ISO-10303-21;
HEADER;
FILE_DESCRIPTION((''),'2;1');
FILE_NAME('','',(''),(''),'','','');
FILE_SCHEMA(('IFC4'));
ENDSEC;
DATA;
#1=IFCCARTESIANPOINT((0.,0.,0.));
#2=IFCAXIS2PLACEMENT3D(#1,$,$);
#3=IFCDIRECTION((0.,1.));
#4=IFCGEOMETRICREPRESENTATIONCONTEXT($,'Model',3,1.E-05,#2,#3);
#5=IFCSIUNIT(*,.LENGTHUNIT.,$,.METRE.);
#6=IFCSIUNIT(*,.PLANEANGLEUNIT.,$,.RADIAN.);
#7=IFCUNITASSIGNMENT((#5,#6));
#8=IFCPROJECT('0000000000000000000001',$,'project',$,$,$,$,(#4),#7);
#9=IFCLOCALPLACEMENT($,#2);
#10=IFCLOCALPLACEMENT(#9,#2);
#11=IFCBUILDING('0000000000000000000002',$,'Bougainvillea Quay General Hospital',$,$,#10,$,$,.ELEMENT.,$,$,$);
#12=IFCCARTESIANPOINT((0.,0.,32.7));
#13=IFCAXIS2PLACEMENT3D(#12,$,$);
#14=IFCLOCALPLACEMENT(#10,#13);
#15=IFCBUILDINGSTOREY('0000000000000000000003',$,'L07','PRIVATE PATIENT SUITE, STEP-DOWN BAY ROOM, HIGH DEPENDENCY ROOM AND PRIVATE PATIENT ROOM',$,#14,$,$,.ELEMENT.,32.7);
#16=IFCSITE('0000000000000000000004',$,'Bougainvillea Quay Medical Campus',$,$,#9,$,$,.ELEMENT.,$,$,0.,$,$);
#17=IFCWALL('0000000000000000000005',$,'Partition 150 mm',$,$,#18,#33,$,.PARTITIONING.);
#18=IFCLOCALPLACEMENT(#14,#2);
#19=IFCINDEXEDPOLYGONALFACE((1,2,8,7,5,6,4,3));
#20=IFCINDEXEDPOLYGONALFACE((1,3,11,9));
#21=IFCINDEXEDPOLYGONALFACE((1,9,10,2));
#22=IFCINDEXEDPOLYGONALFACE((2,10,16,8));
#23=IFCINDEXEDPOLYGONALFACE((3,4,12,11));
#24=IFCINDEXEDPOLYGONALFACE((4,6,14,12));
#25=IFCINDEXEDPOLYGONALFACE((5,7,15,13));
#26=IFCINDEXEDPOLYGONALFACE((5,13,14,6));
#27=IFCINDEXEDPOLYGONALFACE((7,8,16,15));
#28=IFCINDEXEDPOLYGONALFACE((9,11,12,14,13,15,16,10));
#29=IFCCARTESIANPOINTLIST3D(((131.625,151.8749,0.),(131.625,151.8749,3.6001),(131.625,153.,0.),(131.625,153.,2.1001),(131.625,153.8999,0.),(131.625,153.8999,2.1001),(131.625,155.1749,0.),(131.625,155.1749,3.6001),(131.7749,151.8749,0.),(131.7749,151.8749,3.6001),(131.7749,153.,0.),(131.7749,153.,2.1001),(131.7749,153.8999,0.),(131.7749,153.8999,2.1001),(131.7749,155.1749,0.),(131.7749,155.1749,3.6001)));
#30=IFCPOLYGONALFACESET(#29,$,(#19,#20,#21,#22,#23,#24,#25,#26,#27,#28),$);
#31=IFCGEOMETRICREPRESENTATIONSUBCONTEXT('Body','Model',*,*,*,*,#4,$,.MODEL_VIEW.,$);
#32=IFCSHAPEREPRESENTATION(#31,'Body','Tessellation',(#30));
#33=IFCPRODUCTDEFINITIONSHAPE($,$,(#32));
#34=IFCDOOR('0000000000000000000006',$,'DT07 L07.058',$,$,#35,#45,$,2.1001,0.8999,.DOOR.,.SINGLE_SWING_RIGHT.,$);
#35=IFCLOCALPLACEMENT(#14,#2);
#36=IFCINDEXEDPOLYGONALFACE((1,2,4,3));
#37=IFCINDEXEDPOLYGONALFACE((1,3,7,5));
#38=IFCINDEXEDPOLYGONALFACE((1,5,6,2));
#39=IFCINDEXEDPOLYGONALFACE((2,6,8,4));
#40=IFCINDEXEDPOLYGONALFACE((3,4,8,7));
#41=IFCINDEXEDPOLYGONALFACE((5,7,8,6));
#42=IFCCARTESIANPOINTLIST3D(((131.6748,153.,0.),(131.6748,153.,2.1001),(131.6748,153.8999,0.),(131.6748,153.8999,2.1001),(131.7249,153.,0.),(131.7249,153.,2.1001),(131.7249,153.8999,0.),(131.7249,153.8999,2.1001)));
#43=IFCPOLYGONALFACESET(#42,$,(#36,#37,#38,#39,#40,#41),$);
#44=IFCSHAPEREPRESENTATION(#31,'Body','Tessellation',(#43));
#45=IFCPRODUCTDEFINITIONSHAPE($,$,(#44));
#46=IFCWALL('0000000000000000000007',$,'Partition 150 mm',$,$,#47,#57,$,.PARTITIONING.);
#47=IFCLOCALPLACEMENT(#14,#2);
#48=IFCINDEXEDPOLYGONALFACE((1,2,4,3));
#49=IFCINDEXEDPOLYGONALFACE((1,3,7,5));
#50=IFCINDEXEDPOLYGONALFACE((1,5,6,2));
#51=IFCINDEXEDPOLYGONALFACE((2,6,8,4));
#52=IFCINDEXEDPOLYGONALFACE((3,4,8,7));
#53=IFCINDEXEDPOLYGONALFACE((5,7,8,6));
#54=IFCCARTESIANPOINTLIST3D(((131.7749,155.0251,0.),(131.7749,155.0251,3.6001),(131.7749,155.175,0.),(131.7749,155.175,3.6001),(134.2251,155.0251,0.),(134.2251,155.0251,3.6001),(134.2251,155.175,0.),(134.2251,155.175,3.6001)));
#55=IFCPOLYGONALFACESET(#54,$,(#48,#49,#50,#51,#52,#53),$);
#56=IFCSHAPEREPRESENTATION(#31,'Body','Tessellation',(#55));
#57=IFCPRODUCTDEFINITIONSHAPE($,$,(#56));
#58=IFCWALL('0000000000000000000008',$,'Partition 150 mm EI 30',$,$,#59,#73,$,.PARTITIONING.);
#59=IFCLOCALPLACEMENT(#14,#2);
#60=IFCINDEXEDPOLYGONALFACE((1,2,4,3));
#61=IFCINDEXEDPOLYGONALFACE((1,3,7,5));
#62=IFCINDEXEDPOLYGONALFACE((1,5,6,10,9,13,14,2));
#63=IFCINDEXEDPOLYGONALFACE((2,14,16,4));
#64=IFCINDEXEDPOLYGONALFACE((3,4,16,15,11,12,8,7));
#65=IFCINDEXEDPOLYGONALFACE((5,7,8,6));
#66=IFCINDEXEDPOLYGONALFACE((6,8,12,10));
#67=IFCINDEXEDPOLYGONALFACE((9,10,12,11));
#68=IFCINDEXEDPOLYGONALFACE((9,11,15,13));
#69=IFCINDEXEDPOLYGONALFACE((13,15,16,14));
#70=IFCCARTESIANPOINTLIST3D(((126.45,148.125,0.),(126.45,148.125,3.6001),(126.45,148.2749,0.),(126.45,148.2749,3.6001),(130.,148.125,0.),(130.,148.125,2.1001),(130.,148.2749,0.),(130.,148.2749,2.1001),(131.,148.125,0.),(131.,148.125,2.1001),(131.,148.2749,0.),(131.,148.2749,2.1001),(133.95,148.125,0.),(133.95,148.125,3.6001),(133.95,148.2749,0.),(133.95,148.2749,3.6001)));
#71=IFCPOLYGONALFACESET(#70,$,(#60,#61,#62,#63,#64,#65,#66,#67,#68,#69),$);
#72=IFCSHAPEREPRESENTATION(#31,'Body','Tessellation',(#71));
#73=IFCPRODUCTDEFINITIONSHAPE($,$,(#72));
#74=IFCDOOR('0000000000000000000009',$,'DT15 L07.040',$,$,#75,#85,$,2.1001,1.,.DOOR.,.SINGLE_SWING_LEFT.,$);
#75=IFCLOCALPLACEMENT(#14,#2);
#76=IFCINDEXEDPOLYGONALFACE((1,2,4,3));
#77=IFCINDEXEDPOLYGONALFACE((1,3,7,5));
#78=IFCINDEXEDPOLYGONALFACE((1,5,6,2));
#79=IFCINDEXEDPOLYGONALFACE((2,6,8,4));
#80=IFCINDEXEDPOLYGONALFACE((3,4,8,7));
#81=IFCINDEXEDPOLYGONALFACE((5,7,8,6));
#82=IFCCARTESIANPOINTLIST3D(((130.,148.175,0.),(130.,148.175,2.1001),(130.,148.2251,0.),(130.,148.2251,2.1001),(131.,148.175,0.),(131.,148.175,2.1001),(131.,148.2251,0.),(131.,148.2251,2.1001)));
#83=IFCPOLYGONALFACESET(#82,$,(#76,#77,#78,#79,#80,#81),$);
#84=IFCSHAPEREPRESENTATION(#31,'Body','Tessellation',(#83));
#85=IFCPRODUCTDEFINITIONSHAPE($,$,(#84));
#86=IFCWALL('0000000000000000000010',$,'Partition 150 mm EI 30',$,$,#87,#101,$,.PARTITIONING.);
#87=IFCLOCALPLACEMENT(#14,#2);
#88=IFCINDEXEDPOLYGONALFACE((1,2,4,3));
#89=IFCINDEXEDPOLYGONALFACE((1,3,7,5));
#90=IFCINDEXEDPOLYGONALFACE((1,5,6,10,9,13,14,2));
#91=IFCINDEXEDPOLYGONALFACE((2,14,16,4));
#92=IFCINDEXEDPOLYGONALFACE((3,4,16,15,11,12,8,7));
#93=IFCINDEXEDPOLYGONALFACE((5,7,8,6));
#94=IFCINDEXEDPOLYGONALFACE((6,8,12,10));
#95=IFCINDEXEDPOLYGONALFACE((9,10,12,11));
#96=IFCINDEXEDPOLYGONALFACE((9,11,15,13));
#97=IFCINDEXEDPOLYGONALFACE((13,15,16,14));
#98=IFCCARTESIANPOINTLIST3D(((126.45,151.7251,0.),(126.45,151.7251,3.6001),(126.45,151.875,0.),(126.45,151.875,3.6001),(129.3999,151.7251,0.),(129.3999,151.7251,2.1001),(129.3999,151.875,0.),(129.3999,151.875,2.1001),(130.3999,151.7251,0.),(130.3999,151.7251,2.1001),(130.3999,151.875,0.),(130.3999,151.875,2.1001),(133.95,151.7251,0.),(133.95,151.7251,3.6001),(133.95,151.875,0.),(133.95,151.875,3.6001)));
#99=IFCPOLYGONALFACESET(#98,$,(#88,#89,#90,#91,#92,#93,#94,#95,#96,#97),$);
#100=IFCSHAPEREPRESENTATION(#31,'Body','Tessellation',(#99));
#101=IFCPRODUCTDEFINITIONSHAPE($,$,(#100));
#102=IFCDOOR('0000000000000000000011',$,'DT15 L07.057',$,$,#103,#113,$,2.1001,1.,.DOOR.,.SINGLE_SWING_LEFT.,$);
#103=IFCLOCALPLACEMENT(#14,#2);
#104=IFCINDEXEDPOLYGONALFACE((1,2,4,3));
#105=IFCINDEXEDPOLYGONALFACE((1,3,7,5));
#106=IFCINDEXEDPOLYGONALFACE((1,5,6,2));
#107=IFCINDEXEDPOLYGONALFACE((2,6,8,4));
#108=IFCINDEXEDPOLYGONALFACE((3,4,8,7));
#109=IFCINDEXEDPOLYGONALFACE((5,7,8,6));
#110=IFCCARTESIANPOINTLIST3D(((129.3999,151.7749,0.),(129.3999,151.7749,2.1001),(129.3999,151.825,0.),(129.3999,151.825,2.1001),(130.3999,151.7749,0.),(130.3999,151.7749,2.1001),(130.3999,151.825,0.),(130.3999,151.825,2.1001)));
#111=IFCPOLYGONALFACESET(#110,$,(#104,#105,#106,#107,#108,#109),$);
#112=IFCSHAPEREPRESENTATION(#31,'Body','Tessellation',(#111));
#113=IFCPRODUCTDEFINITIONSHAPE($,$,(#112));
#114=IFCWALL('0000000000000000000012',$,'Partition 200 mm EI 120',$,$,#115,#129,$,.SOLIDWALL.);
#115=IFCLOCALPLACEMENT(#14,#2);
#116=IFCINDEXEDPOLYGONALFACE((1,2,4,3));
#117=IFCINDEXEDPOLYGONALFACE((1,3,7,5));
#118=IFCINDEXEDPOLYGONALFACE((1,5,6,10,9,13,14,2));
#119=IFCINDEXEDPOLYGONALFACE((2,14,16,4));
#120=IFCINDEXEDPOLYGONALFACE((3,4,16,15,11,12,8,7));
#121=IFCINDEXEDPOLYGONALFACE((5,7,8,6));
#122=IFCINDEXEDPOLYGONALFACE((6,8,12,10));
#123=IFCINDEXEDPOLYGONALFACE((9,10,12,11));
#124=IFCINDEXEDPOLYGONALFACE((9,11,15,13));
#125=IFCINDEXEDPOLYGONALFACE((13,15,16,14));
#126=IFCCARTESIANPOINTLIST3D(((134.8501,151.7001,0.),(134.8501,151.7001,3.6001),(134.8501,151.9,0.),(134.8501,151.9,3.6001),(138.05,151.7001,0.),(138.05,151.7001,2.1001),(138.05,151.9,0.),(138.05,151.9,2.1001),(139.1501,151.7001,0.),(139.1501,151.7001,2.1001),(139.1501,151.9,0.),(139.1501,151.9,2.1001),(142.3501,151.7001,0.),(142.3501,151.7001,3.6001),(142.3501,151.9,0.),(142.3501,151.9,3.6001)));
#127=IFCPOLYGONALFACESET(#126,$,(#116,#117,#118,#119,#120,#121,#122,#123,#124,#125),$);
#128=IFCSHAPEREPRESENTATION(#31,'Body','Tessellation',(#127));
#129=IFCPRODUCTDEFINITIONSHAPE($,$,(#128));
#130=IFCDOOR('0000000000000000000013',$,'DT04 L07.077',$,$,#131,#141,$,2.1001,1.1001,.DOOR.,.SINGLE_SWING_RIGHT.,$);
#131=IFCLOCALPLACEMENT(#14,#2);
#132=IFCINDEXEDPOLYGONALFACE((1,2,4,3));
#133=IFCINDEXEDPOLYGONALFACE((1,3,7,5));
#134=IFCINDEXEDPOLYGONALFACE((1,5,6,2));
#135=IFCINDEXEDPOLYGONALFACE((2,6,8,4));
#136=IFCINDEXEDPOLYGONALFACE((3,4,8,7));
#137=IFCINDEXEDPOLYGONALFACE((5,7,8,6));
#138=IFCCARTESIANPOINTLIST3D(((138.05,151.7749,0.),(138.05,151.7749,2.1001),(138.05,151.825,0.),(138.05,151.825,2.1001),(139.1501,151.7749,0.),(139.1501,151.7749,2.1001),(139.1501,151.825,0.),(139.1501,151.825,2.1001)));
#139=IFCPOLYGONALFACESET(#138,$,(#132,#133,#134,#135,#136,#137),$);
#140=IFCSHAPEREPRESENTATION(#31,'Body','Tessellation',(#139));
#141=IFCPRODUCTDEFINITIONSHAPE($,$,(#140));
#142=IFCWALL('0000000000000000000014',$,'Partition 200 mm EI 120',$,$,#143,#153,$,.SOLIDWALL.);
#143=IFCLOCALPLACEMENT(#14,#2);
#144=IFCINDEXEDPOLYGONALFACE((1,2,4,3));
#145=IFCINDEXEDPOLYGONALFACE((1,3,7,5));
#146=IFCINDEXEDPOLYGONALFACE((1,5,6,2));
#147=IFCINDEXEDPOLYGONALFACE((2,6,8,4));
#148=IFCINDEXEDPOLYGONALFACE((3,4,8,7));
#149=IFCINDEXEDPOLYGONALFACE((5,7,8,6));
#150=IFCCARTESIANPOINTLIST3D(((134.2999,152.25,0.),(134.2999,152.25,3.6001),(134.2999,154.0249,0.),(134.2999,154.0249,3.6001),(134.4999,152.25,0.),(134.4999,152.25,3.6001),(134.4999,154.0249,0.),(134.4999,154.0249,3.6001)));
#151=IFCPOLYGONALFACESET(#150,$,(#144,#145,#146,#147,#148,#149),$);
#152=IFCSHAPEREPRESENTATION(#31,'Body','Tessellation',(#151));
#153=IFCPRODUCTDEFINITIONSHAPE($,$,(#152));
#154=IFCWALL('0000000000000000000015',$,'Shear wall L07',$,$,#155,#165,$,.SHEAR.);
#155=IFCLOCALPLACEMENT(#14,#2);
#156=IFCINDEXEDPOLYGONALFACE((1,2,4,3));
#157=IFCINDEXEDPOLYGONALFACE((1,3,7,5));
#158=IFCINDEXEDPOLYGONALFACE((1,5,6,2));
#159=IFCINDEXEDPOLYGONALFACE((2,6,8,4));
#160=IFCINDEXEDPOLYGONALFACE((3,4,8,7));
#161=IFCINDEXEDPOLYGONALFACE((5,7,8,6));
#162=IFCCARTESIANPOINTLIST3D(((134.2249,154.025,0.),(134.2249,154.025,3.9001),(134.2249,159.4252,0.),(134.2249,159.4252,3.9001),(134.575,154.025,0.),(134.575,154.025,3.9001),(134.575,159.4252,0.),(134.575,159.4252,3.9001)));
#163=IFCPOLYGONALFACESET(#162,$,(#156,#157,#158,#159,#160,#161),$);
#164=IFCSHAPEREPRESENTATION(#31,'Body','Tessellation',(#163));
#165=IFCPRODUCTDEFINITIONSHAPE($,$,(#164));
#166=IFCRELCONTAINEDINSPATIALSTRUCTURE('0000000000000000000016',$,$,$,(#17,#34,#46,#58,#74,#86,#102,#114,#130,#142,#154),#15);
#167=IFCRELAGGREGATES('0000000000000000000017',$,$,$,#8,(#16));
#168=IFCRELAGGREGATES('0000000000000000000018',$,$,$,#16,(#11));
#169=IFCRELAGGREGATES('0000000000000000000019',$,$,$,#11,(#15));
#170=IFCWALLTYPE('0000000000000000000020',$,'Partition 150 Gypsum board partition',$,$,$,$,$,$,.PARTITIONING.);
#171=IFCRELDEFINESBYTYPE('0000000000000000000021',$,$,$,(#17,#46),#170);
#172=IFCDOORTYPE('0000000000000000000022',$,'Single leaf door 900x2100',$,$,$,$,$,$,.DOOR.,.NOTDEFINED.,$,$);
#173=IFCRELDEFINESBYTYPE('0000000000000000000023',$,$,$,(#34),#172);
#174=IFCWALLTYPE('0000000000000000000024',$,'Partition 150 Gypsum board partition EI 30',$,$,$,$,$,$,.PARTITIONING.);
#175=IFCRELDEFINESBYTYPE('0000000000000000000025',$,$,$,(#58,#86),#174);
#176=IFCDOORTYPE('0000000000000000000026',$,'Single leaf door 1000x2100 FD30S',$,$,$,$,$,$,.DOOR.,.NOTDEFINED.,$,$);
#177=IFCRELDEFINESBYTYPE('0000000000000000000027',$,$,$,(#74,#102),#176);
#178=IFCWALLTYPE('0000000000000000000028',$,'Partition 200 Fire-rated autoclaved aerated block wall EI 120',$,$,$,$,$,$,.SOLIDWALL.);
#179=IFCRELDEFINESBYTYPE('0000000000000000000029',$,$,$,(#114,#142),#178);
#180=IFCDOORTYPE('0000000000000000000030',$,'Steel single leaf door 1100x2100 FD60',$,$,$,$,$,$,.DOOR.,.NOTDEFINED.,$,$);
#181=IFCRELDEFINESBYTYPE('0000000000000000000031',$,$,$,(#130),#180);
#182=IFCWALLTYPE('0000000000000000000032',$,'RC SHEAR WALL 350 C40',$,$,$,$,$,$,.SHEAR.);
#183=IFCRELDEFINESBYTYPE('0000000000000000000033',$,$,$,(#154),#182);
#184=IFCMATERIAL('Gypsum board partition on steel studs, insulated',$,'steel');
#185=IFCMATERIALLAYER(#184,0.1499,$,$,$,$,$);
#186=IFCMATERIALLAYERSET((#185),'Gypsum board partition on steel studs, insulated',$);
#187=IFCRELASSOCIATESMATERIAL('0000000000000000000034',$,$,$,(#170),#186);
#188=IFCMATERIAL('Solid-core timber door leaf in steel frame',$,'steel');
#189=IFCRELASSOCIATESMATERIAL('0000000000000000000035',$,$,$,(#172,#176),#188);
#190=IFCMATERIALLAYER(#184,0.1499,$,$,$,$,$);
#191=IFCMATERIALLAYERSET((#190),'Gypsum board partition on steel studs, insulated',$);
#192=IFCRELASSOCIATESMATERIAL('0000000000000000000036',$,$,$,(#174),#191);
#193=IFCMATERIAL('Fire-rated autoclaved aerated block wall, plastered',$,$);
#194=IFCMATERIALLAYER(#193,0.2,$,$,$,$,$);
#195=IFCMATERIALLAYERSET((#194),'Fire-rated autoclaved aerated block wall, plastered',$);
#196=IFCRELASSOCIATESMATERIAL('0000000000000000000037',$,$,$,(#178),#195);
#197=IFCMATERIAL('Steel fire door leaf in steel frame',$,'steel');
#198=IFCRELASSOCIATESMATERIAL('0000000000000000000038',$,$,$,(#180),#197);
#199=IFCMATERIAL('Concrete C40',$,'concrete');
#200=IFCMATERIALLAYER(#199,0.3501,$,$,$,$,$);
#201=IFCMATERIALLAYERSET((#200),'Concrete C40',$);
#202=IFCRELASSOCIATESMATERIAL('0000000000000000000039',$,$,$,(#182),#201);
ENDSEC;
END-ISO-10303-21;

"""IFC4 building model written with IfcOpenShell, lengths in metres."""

from ifc_helpers import new_model, si_unit, direction, frame, frame_2d, origin, place, context, subcontext, project, spatial, rectangle, extrude, material, layer, layer_set, type_object, element, fill, save


model = new_model("IFC4")

# Units and contexts
model_context = context("Model", 3, precision=1e-05, world=origin(), true_north=direction((0.0, 1.0)))
body_context = subcontext(model_context, "Body", "Model", "MODEL_VIEW")
ifc_project = project(units=[si_unit("LENGTHUNIT", "METRE"), si_unit("PLANEANGLEUNIT", "RADIAN")], contexts=[model_context])

# Site, building, storey
site_placement = place(None, origin())
site = spatial("IfcSite", under=ifc_project, at=site_placement, Name="Bougainvillea Quay Medical Campus", CompositionType="ELEMENT", RefElevation=0.0)
building_placement = place(site_placement, origin())
building = spatial("IfcBuilding", under=site, at=building_placement, Name="Bougainvillea Quay General Hospital", CompositionType="ELEMENT")
storey_placement = place(building_placement, frame((0.0, 0.0, 32.7)))
storey = spatial("IfcBuildingStorey", under=building, at=storey_placement, Name="L07", Description="PRIVATE PATIENT SUITE, STEP-DOWN BAY ROOM, HIGH DEPENDENCY ROOM AND PRIVATE PATIENT ROOM", CompositionType="ELEMENT", Elevation=32.7)

# Shared definitions
ifc_material_1 = material(Name="Concrete C40", Category="concrete")

# Shared definitions
ifc_material_2 = material(Name="Gypsum board partition on steel studs, insulated", Category="steel")
ifc_layer_1 = layer(ifc_material_2, 0.1499)
ifc_layer_set_1 = layer_set([ifc_layer_1], Name="Gypsum board partition on steel studs, insulated")
wall_type_1 = type_object("IfcWallType", Name="Partition 150 Gypsum board partition", PredefinedType="PARTITIONING", material=ifc_layer_set_1)

# Wall, opening, door
wall_1_placement = place(storey_placement, frame((131.7, 151.875, 0.0), z_axis=(0.0, 0.0, 1.0), x_axis=(0.0, 1.0, 0.0)))
wall_1 = element("IfcWall", 1, at=wall_1_placement, inside=storey, type_object=wall_type_1, Name="Partition 150 mm", PredefinedType="PARTITIONING", context=body_context, shape_type="SweptSolid", body=[
    extrude(rectangle(XDim=3.3, YDim=0.1499, at=frame_2d((1.6499, 0.0))), origin(), (0.0, 0.0, 1.0), 3.6001),
])
opening_1_placement = place(wall_1_placement, frame((1.125, 0.0, 0.0)))
opening_1 = element("IfcOpeningElement", 2, at=opening_1_placement, cuts=wall_1, PredefinedType="OPENING", context=body_context, shape_type="SweptSolid", body=[
    extrude(rectangle(XDim=0.8999, YDim=2.1001, at=frame_2d((0.45, 1.05))), frame((0.0, 0.085, 0.0), z_axis=(0.0, -1.0, 0.0), x_axis=(1.0, 0.0, 0.0)), (0.0, 0.0, 1.0), 0.1699),
])
ifc_material_3 = material(Name="Solid-core timber door leaf in steel frame", Category="steel")
door_type_1 = type_object("IfcDoorType", Name="Single leaf door 900x2100", OperationType="NOTDEFINED", PredefinedType="DOOR", material=ifc_material_3)
door_1_placement = place(opening_1_placement, frame((0.8999, 0.0, 0.0), z_axis=(0.0, 0.0, 1.0), x_axis=(-1.0, 0.0, 0.0)))
door_1 = element("IfcDoor", 3, at=door_1_placement, inside=storey, type_object=door_type_1, Name="DT07 L07.058", OperationType="SINGLE_SWING_RIGHT", OverallHeight=2.1001, OverallWidth=0.8999, PredefinedType="DOOR", context=body_context, shape_type="SweptSolid", body=[
    extrude(rectangle(XDim=0.8999, YDim=2.1001, at=frame_2d((0.45, 1.05))), frame((0.0, 0.0249, 0.0), z_axis=(0.0, -1.0, 0.0), x_axis=(1.0, 0.0, 0.0)), (0.0, 0.0, 1.0), 0.05),
])
fill(opening_1, door_1)

# Wall
wall_2_placement = place(storey_placement, frame((131.7749, 155.1001, 0.0), z_axis=(0.0, 0.0, 1.0), x_axis=(1.0, 0.0, 0.0)))
element("IfcWall", 4, at=wall_2_placement, inside=storey, type_object=wall_type_1, Name="Partition 150 mm", PredefinedType="PARTITIONING", context=body_context, shape_type="SweptSolid", body=[
    extrude(rectangle(XDim=2.4502, YDim=0.1499, at=frame_2d((1.2251, 0.0))), origin(), (0.0, 0.0, 1.0), 3.6001),
])

# Walls, openings, doors
ifc_layer_2 = layer(ifc_material_2, 0.1499)
ifc_layer_set_2 = layer_set([ifc_layer_2], Name="Gypsum board partition on steel studs, insulated")
wall_type_2 = type_object("IfcWallType", Name="Partition 150 Gypsum board partition EI 30", PredefinedType="PARTITIONING", material=ifc_layer_set_2)
wall_3_placement = place(storey_placement, frame((133.95, 148.2, 0.0), z_axis=(0.0, 0.0, 1.0), x_axis=(-1.0, 0.0, 0.0)))
wall_3 = element("IfcWall", 5, at=wall_3_placement, inside=storey, type_object=wall_type_2, Name="Partition 150 mm EI 30", PredefinedType="PARTITIONING", context=body_context, shape_type="SweptSolid", body=[
    extrude(rectangle(XDim=7.5, YDim=0.1499, at=frame_2d((3.75, 0.0))), origin(), (0.0, 0.0, 1.0), 3.6001),
])
opening_2_placement = place(wall_3_placement, frame((2.95, 0.0, 0.0)))
opening_2 = element("IfcOpeningElement", 6, at=opening_2_placement, cuts=wall_3, PredefinedType="OPENING", context=body_context, shape_type="SweptSolid", body=[
    extrude(rectangle(XDim=1.0, YDim=2.1001, at=frame_2d((0.5, 1.05))), frame((0.0, 0.085, 0.0), z_axis=(0.0, -1.0, 0.0), x_axis=(1.0, 0.0, 0.0)), (0.0, 0.0, 1.0), 0.1699),
])
door_type_2 = type_object("IfcDoorType", Name="Single leaf door 1000x2100 FD30S", OperationType="NOTDEFINED", PredefinedType="DOOR", material=ifc_material_3)
door_2_placement = place(opening_2_placement, origin())
door_2 = element("IfcDoor", 7, at=door_2_placement, inside=storey, type_object=door_type_2, Name="DT15 L07.040", OperationType="SINGLE_SWING_LEFT", OverallHeight=2.1001, OverallWidth=1.0, PredefinedType="DOOR", context=body_context, shape_type="SweptSolid", body=[
    extrude(rectangle(XDim=1.0, YDim=2.1001, at=frame_2d((0.5, 1.05))), frame((0.0, 0.0249, 0.0), z_axis=(0.0, -1.0, 0.0), x_axis=(1.0, 0.0, 0.0)), (0.0, 0.0, 1.0), 0.05),
])
fill(opening_2, door_2)
wall_4_placement = place(storey_placement, frame((133.95, 151.8, 0.0), z_axis=(0.0, 0.0, 1.0), x_axis=(-1.0, 0.0, 0.0)))
wall_4 = element("IfcWall", 8, at=wall_4_placement, inside=storey, type_object=wall_type_2, Name="Partition 150 mm EI 30", PredefinedType="PARTITIONING", context=body_context, shape_type="SweptSolid", body=[
    extrude(rectangle(XDim=7.5, YDim=0.1499, at=frame_2d((3.75, 0.0))), origin(), (0.0, 0.0, 1.0), 3.6001),
])
opening_3_placement = place(wall_4_placement, frame((3.55, 0.0, 0.0)))
opening_3 = element("IfcOpeningElement", 9, at=opening_3_placement, cuts=wall_4, PredefinedType="OPENING", context=body_context, shape_type="SweptSolid", body=[
    extrude(rectangle(XDim=1.0, YDim=2.1001, at=frame_2d((0.5, 1.05))), frame((0.0, 0.085, 0.0), z_axis=(0.0, -1.0, 0.0), x_axis=(1.0, 0.0, 0.0)), (0.0, 0.0, 1.0), 0.1699),
])
door_3_placement = place(opening_3_placement, frame((1.0, 0.0, 0.0), z_axis=(0.0, 0.0, 1.0), x_axis=(-1.0, 0.0, 0.0)))
door_3 = element("IfcDoor", 10, at=door_3_placement, inside=storey, type_object=door_type_2, Name="DT15 L07.057", OperationType="SINGLE_SWING_LEFT", OverallHeight=2.1001, OverallWidth=1.0, PredefinedType="DOOR", context=body_context, shape_type="SweptSolid", body=[
    extrude(rectangle(XDim=1.0, YDim=2.1001, at=frame_2d((0.5, 1.05))), frame((0.0, 0.0249, 0.0), z_axis=(0.0, -1.0, 0.0), x_axis=(1.0, 0.0, 0.0)), (0.0, 0.0, 1.0), 0.05),
])
fill(opening_3, door_3)
ifc_material_4 = material(Name="Fire-rated autoclaved aerated block wall, plastered")
ifc_layer_3 = layer(ifc_material_4, 0.2)
ifc_layer_set_3 = layer_set([ifc_layer_3], Name="Fire-rated autoclaved aerated block wall, plastered")
wall_type_3 = type_object("IfcWallType", Name="Partition 200 Fire-rated autoclaved aerated block wall EI 120", PredefinedType="SOLIDWALL", material=ifc_layer_set_3)
wall_5_placement = place(storey_placement, frame((134.8501, 151.8, 0.0), z_axis=(0.0, 0.0, 1.0), x_axis=(1.0, 0.0, 0.0)))
wall_5 = element("IfcWall", 11, at=wall_5_placement, inside=storey, type_object=wall_type_3, Name="Partition 200 mm EI 120", PredefinedType="SOLIDWALL", context=body_context, shape_type="SweptSolid", body=[
    extrude(rectangle(XDim=7.5, YDim=0.2, at=frame_2d((3.75, 0.0))), origin(), (0.0, 0.0, 1.0), 3.6001),
])
opening_4_placement = place(wall_5_placement, frame((3.2, 0.0, 0.0)))
opening_4 = element("IfcOpeningElement", 12, at=opening_4_placement, cuts=wall_5, PredefinedType="OPENING", context=body_context, shape_type="SweptSolid", body=[
    extrude(rectangle(XDim=1.1001, YDim=2.1001, at=frame_2d((0.55, 1.05))), frame((0.0, 0.1099, 0.0), z_axis=(0.0, -1.0, 0.0), x_axis=(1.0, 0.0, 0.0)), (0.0, 0.0, 1.0), 0.22),
])
ifc_material_5 = material(Name="Steel fire door leaf in steel frame", Category="steel")
door_type_3 = type_object("IfcDoorType", Name="Steel single leaf door 1100x2100 FD60", OperationType="NOTDEFINED", PredefinedType="DOOR", material=ifc_material_5)
door_4_placement = place(opening_4_placement, origin())
door_4 = element("IfcDoor", 13, at=door_4_placement, inside=storey, type_object=door_type_3, Name="DT04 L07.077", OperationType="SINGLE_SWING_RIGHT", OverallHeight=2.1001, OverallWidth=1.1001, PredefinedType="DOOR", context=body_context, shape_type="SweptSolid", body=[
    extrude(rectangle(XDim=1.1001, YDim=2.1001, at=frame_2d((0.55, 1.05))), frame((0.0, 0.0249, 0.0), z_axis=(0.0, -1.0, 0.0), x_axis=(1.0, 0.0, 0.0)), (0.0, 0.0, 1.0), 0.05),
])
fill(opening_4, door_4)

# Walls
wall_6_placement = place(storey_placement, frame((134.3999, 152.25, 0.0), z_axis=(0.0, 0.0, 1.0), x_axis=(0.0, 1.0, 0.0)))
element("IfcWall", 14, at=wall_6_placement, inside=storey, type_object=wall_type_3, Name="Partition 200 mm EI 120", PredefinedType="SOLIDWALL", context=body_context, shape_type="SweptSolid", body=[
    extrude(rectangle(XDim=1.7749, YDim=0.2, at=frame_2d((0.8875, 0.0))), origin(), (0.0, 0.0, 1.0), 3.6001),
])
ifc_layer_4 = layer(ifc_material_1, 0.3501)
ifc_layer_set_4 = layer_set([ifc_layer_4], Name="Concrete C40")
wall_type_4 = type_object("IfcWallType", Name="RC SHEAR WALL 350 C40", PredefinedType="SHEAR", material=ifc_layer_set_4)
wall_7_placement = place(storey_placement, frame((134.3999, 154.0249, 0.0), z_axis=(0.0, 0.0, 1.0), x_axis=(0.0, 1.0, 0.0)))
element("IfcWall", 15, at=wall_7_placement, inside=storey, type_object=wall_type_4, Name="Shear wall L07", PredefinedType="SHEAR", context=body_context, shape_type="SweptSolid", body=[
    extrude(rectangle(XDim=5.4001, YDim=0.3501, at=frame_2d((2.7002, 0.0))), origin(), (0.0, 0.0, 1.0), 3.9001),
])

save(model, "model.ifc")
